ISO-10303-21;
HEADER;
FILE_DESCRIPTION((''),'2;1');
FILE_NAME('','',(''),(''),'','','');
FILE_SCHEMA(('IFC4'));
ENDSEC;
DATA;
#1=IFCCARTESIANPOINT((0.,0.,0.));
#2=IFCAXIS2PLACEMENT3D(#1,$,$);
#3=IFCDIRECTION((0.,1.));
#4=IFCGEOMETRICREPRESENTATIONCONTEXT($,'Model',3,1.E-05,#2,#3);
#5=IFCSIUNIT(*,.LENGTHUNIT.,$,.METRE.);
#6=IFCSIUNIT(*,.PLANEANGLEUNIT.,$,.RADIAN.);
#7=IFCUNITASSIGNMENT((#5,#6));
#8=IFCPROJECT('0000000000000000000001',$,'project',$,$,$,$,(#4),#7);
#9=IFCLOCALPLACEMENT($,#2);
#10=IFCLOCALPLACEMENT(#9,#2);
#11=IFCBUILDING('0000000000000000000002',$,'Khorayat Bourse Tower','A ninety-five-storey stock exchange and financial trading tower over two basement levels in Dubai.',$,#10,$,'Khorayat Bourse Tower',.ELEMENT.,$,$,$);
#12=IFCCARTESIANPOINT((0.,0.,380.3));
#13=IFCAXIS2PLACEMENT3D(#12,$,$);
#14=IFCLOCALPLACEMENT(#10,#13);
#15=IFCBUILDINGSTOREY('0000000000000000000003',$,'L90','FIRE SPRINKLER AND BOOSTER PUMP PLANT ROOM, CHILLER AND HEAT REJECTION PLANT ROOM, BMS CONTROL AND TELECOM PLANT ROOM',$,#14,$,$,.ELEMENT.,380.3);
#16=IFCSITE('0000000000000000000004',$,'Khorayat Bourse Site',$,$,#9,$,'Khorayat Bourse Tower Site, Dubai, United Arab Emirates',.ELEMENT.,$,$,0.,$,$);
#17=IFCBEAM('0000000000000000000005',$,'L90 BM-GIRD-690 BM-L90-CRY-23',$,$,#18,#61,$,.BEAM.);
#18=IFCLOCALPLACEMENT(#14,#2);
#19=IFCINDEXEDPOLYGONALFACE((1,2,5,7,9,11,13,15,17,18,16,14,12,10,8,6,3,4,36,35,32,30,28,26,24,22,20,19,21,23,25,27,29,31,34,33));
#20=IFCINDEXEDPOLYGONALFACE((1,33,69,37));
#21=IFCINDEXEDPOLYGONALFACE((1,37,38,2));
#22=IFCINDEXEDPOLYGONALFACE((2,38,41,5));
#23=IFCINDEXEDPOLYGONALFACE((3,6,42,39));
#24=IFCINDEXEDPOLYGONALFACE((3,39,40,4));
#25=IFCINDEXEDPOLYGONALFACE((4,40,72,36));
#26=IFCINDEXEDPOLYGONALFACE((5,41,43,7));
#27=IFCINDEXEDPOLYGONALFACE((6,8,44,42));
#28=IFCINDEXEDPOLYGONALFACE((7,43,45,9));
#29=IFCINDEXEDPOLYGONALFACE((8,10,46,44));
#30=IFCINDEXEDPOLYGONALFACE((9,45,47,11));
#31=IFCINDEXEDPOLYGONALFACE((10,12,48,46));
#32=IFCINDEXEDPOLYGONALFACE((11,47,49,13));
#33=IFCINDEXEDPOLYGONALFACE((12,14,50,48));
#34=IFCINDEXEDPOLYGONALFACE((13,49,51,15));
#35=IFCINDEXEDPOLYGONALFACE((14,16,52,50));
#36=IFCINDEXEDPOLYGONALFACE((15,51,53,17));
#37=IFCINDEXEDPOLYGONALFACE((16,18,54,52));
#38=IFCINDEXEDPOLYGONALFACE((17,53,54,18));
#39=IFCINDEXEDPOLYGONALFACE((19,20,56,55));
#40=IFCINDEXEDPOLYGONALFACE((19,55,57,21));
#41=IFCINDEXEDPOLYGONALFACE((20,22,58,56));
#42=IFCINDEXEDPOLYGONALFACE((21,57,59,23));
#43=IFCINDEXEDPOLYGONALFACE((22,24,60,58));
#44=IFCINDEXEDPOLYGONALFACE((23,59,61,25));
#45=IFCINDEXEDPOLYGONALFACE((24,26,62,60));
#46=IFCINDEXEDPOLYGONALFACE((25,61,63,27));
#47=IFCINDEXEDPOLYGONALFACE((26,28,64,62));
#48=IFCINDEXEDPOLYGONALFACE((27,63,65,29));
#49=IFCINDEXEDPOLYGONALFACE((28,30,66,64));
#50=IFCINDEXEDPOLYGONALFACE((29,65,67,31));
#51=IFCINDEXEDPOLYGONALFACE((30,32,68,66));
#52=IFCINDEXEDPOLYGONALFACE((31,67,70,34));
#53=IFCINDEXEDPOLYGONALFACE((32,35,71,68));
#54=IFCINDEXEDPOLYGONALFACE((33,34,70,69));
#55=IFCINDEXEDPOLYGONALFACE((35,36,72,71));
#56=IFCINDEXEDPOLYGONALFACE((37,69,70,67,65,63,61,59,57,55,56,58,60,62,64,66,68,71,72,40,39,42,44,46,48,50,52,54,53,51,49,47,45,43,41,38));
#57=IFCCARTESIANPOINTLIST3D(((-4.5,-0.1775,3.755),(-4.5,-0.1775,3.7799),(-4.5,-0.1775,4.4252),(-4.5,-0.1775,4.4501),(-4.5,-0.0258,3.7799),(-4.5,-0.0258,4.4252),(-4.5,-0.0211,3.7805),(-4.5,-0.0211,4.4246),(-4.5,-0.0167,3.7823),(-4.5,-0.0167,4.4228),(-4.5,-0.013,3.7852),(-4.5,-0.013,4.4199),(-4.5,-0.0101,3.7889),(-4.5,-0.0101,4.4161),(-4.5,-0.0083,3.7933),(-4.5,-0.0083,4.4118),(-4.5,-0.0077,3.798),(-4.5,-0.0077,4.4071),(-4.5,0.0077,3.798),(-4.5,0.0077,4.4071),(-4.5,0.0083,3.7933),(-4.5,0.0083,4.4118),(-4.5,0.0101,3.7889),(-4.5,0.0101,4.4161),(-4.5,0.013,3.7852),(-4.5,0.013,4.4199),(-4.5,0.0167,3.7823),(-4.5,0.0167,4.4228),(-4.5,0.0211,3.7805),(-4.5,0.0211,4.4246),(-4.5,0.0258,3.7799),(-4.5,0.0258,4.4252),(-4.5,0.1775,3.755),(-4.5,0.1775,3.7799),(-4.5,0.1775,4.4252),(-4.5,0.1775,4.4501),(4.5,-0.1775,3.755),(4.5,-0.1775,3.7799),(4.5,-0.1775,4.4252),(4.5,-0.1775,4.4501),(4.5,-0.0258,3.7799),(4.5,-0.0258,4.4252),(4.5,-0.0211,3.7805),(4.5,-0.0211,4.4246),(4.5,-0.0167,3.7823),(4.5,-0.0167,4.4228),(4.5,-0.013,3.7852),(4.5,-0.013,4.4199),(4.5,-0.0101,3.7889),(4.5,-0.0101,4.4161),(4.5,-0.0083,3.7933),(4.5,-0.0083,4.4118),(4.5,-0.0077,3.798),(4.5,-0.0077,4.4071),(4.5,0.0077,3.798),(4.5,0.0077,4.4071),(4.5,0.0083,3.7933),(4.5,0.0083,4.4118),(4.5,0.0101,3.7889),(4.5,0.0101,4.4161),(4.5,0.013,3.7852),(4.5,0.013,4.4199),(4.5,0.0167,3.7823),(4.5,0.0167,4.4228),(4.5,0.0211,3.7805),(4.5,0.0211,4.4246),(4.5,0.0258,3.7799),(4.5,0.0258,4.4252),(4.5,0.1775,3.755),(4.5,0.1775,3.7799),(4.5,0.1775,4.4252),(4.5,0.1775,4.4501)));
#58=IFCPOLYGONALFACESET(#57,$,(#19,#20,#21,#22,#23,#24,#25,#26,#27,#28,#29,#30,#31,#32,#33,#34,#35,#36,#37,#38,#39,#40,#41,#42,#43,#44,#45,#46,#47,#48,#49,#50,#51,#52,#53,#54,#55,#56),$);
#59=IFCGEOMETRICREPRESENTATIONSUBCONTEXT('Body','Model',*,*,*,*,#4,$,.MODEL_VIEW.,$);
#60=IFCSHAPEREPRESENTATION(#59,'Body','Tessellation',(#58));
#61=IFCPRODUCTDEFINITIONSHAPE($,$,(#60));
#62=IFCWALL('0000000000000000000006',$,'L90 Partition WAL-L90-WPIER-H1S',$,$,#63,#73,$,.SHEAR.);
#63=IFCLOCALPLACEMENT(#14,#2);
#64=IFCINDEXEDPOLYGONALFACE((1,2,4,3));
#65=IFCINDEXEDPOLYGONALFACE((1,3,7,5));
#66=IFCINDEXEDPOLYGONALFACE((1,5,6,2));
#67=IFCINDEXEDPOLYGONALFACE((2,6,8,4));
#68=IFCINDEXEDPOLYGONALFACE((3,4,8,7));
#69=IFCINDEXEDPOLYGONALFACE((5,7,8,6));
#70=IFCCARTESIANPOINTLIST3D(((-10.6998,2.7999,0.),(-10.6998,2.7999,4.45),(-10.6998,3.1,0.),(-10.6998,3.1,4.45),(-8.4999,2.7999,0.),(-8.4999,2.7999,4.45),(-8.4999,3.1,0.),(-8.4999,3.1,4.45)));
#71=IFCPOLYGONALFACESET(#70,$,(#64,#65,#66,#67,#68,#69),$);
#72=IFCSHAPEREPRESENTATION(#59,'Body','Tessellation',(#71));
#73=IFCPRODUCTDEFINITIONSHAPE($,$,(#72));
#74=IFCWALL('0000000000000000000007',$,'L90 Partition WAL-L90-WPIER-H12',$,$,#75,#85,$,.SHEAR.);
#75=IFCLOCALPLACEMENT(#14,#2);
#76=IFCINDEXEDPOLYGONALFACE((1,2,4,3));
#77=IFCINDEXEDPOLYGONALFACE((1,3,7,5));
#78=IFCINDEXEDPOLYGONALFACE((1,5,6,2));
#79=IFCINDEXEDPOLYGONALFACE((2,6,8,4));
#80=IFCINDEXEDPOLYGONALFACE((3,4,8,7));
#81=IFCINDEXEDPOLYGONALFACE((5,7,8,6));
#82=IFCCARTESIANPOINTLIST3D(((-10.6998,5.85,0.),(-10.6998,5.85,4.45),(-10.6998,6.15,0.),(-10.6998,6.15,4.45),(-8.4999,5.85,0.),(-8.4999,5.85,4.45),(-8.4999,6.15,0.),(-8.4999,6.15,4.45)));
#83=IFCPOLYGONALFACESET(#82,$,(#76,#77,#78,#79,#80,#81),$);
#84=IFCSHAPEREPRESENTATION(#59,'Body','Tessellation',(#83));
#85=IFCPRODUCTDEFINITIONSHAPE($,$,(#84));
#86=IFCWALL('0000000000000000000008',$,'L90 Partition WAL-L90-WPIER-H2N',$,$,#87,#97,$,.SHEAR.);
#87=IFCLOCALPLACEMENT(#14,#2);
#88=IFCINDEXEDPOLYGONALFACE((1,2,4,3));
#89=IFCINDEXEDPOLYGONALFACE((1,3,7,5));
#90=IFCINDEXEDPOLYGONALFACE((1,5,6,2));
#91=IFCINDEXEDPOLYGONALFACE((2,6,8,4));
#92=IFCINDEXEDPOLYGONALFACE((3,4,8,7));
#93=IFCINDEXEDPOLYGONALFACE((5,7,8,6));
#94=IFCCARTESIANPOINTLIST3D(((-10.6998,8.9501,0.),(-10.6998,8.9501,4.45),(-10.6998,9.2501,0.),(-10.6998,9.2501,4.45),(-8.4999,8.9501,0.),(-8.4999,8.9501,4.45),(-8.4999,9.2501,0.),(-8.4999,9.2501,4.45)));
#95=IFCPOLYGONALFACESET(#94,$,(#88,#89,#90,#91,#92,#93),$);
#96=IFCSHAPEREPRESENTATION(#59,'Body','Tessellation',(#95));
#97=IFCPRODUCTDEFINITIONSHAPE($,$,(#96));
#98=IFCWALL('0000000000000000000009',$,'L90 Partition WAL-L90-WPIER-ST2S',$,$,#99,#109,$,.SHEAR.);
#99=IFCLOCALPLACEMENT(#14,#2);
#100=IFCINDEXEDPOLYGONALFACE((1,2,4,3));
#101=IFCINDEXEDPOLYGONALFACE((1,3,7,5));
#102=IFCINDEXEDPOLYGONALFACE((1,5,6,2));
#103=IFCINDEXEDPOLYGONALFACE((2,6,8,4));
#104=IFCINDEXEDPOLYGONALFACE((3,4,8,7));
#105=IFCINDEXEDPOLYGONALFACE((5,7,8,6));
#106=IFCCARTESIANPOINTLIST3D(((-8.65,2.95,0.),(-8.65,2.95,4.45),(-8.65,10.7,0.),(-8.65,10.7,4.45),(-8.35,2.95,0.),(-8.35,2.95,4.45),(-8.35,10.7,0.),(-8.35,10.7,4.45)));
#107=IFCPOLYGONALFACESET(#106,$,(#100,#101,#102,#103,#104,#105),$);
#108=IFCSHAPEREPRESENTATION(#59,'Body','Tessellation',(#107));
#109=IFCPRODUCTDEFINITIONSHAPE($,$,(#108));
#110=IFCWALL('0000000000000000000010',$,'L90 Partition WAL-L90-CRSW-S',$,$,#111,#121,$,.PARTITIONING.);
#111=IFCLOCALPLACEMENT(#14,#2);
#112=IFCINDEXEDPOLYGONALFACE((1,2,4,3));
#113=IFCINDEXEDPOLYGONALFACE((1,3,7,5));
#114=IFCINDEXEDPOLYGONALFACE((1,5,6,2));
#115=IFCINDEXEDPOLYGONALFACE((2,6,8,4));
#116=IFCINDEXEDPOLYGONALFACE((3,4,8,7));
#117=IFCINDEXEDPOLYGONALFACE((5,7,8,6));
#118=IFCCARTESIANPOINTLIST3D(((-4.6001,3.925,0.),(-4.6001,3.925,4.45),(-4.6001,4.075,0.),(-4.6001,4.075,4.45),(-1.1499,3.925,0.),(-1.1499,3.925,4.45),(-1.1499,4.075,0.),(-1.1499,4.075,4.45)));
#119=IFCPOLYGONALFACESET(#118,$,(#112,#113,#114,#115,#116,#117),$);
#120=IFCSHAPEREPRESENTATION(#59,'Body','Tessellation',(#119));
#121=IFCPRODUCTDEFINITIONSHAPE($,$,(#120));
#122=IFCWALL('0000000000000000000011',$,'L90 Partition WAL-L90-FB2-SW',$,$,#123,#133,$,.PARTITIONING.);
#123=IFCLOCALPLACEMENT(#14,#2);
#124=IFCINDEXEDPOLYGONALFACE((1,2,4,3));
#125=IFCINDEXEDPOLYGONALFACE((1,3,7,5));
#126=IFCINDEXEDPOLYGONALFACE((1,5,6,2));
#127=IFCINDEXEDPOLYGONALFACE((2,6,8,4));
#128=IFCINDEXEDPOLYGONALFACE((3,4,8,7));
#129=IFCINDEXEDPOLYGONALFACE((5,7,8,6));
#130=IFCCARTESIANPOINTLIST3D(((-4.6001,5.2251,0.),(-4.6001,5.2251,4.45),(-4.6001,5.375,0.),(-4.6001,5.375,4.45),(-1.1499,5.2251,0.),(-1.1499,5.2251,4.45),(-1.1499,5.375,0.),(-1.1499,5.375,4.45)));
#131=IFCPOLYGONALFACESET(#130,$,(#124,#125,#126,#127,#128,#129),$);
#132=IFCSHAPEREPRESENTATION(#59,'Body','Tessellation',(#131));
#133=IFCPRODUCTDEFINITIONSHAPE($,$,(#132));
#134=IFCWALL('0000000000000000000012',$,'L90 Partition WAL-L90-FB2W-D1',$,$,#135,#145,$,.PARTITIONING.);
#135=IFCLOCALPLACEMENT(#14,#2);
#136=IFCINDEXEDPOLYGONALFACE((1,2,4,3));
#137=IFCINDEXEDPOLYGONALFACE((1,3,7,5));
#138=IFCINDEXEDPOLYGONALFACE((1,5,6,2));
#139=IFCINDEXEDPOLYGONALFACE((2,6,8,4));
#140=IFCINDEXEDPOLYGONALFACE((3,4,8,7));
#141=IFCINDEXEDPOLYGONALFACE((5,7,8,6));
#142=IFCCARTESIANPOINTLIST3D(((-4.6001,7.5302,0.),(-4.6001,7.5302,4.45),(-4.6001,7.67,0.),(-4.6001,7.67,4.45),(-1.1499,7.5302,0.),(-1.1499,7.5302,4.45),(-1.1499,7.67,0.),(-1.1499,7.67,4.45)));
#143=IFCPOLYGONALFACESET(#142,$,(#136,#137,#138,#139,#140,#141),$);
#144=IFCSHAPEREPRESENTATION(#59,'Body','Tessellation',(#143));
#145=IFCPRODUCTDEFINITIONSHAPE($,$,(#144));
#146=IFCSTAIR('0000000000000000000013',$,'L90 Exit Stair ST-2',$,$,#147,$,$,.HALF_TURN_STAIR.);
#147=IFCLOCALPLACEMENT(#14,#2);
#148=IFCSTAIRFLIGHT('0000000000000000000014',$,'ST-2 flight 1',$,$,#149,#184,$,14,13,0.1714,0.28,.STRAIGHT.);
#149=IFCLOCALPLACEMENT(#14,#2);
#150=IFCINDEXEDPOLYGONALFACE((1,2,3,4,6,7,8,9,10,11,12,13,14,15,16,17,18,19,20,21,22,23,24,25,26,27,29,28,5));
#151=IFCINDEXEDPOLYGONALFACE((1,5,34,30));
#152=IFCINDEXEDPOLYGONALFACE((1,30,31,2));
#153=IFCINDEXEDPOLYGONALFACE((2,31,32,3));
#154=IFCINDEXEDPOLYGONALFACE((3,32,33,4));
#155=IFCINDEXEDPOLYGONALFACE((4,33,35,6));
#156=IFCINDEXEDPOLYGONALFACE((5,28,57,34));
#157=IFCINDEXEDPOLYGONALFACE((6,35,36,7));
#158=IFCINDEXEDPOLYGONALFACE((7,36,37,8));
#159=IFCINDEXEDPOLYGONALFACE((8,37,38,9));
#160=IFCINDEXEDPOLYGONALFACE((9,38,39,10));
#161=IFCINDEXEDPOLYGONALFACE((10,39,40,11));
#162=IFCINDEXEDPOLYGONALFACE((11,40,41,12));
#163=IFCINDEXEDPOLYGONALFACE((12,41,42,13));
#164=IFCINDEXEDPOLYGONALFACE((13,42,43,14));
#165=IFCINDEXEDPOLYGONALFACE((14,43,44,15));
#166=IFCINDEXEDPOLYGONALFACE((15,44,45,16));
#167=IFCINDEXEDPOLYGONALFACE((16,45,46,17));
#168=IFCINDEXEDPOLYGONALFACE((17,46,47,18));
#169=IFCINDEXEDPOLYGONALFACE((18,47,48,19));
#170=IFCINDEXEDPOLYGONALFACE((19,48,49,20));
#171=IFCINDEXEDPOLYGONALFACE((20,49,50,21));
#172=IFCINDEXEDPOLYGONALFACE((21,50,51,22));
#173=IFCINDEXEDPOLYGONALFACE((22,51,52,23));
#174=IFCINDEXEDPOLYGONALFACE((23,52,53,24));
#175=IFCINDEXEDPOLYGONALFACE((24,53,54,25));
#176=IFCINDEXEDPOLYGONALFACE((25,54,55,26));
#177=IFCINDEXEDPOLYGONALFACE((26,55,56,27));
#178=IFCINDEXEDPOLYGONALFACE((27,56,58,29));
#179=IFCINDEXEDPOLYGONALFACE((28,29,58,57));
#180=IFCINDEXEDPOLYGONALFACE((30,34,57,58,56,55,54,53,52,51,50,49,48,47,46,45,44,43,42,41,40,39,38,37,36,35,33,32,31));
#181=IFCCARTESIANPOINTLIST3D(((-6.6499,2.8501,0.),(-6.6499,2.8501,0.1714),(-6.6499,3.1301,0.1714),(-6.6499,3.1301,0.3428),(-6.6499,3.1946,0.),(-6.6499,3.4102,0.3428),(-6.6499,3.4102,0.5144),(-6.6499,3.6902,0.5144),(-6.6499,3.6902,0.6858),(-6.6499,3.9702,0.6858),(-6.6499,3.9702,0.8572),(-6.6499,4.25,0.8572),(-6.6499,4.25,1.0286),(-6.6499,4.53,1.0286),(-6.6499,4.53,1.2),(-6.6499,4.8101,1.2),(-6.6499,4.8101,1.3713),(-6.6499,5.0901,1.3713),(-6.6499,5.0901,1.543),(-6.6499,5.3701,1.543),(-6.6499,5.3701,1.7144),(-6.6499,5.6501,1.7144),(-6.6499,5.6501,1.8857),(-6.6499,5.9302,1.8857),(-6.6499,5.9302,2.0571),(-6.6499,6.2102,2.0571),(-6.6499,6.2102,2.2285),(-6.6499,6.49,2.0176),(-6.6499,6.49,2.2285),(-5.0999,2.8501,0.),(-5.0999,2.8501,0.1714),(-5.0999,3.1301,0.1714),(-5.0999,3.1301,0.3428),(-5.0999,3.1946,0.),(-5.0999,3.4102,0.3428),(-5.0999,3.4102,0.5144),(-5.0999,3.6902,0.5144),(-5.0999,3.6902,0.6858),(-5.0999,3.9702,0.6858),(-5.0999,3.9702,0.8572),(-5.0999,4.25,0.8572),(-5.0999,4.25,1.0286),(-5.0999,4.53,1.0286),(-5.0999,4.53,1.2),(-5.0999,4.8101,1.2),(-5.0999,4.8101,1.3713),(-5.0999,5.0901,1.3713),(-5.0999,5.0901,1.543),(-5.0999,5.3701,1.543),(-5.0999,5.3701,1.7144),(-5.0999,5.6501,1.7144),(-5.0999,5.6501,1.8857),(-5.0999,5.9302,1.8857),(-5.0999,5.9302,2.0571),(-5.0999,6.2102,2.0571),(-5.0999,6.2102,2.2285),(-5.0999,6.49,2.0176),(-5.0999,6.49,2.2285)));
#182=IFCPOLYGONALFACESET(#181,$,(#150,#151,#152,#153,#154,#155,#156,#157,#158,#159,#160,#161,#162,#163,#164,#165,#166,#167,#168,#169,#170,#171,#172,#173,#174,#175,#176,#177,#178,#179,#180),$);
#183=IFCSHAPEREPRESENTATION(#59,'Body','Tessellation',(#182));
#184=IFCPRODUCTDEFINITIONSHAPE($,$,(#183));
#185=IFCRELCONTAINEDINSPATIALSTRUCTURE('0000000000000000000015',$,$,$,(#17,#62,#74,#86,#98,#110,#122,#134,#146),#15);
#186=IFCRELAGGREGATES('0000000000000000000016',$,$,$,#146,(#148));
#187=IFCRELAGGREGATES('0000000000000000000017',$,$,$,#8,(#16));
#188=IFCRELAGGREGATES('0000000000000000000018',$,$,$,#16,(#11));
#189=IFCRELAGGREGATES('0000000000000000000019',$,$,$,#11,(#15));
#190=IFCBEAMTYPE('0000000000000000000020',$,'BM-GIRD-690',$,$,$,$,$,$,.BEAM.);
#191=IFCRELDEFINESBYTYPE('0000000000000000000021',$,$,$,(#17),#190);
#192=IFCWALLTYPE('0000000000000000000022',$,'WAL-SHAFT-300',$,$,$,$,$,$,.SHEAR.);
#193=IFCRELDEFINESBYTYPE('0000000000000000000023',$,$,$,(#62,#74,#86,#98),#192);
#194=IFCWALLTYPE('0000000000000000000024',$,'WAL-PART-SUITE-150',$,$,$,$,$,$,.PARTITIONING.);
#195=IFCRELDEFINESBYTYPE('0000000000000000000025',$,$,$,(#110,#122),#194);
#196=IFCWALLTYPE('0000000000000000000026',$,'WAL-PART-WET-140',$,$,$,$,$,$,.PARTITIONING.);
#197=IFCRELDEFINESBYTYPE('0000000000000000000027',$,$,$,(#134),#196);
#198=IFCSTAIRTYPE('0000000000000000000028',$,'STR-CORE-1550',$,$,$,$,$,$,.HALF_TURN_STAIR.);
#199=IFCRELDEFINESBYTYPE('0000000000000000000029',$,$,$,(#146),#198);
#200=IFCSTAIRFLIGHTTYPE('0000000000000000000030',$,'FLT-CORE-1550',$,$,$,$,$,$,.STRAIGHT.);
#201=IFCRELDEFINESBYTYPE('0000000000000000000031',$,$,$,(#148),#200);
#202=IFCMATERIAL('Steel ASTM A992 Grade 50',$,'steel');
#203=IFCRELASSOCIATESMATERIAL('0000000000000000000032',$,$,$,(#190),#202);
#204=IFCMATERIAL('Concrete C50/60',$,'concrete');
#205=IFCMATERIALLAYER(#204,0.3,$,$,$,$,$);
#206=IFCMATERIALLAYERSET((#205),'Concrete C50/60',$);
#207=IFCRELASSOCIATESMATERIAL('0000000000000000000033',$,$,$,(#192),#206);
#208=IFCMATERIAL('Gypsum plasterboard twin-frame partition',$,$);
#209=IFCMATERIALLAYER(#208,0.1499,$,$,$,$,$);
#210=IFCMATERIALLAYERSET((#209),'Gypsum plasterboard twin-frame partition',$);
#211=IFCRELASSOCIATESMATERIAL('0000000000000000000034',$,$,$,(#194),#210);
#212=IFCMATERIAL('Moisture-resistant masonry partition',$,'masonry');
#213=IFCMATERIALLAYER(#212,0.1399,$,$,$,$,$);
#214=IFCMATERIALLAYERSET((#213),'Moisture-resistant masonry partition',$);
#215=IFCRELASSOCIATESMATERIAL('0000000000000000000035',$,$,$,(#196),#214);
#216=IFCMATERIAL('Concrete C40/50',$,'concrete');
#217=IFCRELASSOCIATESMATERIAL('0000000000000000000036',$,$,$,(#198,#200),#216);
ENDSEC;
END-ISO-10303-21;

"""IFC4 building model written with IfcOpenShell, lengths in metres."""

from ifc_helpers import new_model, si_unit, direction, frame, frame_2d, origin, origin_2d, place, context, subcontext, project, spatial, polyline, rectangle, i_section, outline, extrude, source, transform, mapped, material, layer, layer_set, material_profile, profile_set, type_object, element, aggregate, save


model = new_model("IFC4")

# Units and contexts
model_context = context("Model", 3, precision=1e-05, world=origin(), true_north=direction((0.0, 1.0)))
body_context = subcontext(model_context, "Body", "Model", "MODEL_VIEW")
ifc_project = project(units=[si_unit("LENGTHUNIT", "METRE"), si_unit("PLANEANGLEUNIT", "RADIAN")], contexts=[model_context])

# Site, building, storey
site_placement = place(None, origin())
site = spatial("IfcSite", under=ifc_project, at=site_placement, Name="Khorayat Bourse Site", LongName="Khorayat Bourse Tower Site, Dubai, United Arab Emirates", CompositionType="ELEMENT", RefElevation=0.0)
building_placement = place(site_placement, origin())
building = spatial("IfcBuilding", under=site, at=building_placement, Name="Khorayat Bourse Tower", Description="A ninety-five-storey stock exchange and financial trading tower over two basement levels in Dubai.", LongName="Khorayat Bourse Tower", CompositionType="ELEMENT")
storey_placement = place(building_placement, frame((0.0, 0.0, 380.3)))
storey = spatial("IfcBuildingStorey", under=building, at=storey_placement, Name="L90", Description="FIRE SPRINKLER AND BOOSTER PUMP PLANT ROOM, CHILLER AND HEAT REJECTION PLANT ROOM, BMS CONTROL AND TELECOM PLANT ROOM", CompositionType="ELEMENT", Elevation=380.3)

# Beam
ifc_material_1 = material(Name="Steel ASTM A992 Grade 50", Category="steel")
ifc_material_profile_1 = material_profile(ifc_material_1, i_section(OverallWidth=0.355, OverallDepth=0.6951, WebThickness=0.0154, FlangeThickness=0.0249, FilletRadius=0.0181, at=origin_2d()), Name="W690X217")
ifc_profile_set_1 = profile_set([ifc_material_profile_1], Name="Steel ASTM A992 Grade 50")
beam_type = type_object("IfcBeamType", Name="BM-GIRD-690", PredefinedType="BEAM", material=ifc_profile_set_1)
shared_shape_1 = source(origin(), body_context, "Body", "SweptSolid", [
    extrude(i_section(OverallWidth=0.355, OverallDepth=0.6951, WebThickness=0.0154, FlangeThickness=0.0249, FilletRadius=0.0181, at=origin_2d()), origin(), (0.0, 0.0, 1.0), 9.0),
])
beam_1_placement = place(storey_placement, frame((-4.5, 0.0, 4.1025), z_axis=(1.0, 0.0, 0.0), x_axis=(0.0, 1.0, 0.0)))
element("IfcBeam", 1, at=beam_1_placement, inside=storey, type_object=beam_type, Name="L90 BM-GIRD-690 BM-L90-CRY-23", PredefinedType="BEAM", context=body_context, shape_type="MappedRepresentation", body=[
    mapped(shared_shape_1, transform((0.0, 0.0, 0.0), scale=1.0)),
])

# Walls
ifc_material_2 = material(Name="Concrete C50/60", Category="concrete")
ifc_layer_1 = layer(ifc_material_2, 0.3)
ifc_layer_set_1 = layer_set([ifc_layer_1], Name="Concrete C50/60")
wall_type_1 = type_object("IfcWallType", Name="WAL-SHAFT-300", PredefinedType="SHEAR", material=ifc_layer_set_1)
shared_shape_2 = source(origin(), body_context, "Body", "SweptSolid", [
    extrude(rectangle(XDim=2.2, YDim=0.3, at=frame_2d((1.1001, 0.0))), origin(), (0.0, 0.0, 1.0), 4.45),
])
for number, where, z_axis, x_axis, name in (
    (2, (-10.7, 2.95, 0.0), (0.0, 0.0, 1.0), (1.0, 0.0, 0.0), "L90 Partition WAL-L90-WPIER-H1S"),
    (3, (-10.7, 6.0, 0.0), (0.0, 0.0, 1.0), (1.0, 0.0, 0.0), "L90 Partition WAL-L90-WPIER-H12"),
    (4, (-10.7, 9.1001, 0.0), (0.0, 0.0, 1.0), (1.0, 0.0, 0.0), "L90 Partition WAL-L90-WPIER-H2N"),
):
    element("IfcWall", number, at=place(storey_placement, frame(where, z_axis=z_axis, x_axis=x_axis)), inside=storey, type_object=wall_type_1, Name=name, PredefinedType="SHEAR", context=body_context, shape_type="MappedRepresentation", body=[
        mapped(shared_shape_2, transform((0.0, 0.0, 0.0), scale=1.0)),
    ])
shared_shape_3 = source(origin(), body_context, "Body", "SweptSolid", [
    extrude(rectangle(XDim=7.75, YDim=0.3, at=frame_2d((3.875, 0.0))), origin(), (0.0, 0.0, 1.0), 4.45),
])
wall_1_placement = place(storey_placement, frame((-8.5, 2.95, 0.0), z_axis=(0.0, 0.0, 1.0), x_axis=(0.0, 1.0, 0.0)))
element("IfcWall", 5, at=wall_1_placement, inside=storey, type_object=wall_type_1, Name="L90 Partition WAL-L90-WPIER-ST2S", PredefinedType="SHEAR", context=body_context, shape_type="MappedRepresentation", body=[
    mapped(shared_shape_3, transform((0.0, 0.0, 0.0), scale=1.0)),
])
ifc_material_3 = material(Name="Gypsum plasterboard twin-frame partition")
ifc_layer_2 = layer(ifc_material_3, 0.1499)
ifc_layer_set_2 = layer_set([ifc_layer_2], Name="Gypsum plasterboard twin-frame partition")
wall_type_2 = type_object("IfcWallType", Name="WAL-PART-SUITE-150", PredefinedType="PARTITIONING", material=ifc_layer_set_2)
shared_shape_4 = source(origin(), body_context, "Body", "SweptSolid", [
    extrude(rectangle(XDim=3.4502, YDim=0.1499, at=frame_2d((1.7251, 0.0))), origin(), (0.0, 0.0, 1.0), 4.45),
])
for number, where, z_axis, x_axis, name in (
    (6, (-4.6001, 4.0, 0.0), (0.0, 0.0, 1.0), (1.0, 0.0, 0.0), "L90 Partition WAL-L90-CRSW-S"),
    (7, (-4.6001, 5.3, 0.0), (0.0, 0.0, 1.0), (1.0, 0.0, 0.0), "L90 Partition WAL-L90-FB2-SW"),
):
    element("IfcWall", number, at=place(storey_placement, frame(where, z_axis=z_axis, x_axis=x_axis)), inside=storey, type_object=wall_type_2, Name=name, PredefinedType="PARTITIONING", context=body_context, shape_type="MappedRepresentation", body=[
        mapped(shared_shape_4, transform((0.0, 0.0, 0.0), scale=1.0)),
    ])
ifc_material_4 = material(Name="Moisture-resistant masonry partition", Category="masonry")
ifc_layer_3 = layer(ifc_material_4, 0.1399)
ifc_layer_set_3 = layer_set([ifc_layer_3], Name="Moisture-resistant masonry partition")
wall_type_3 = type_object("IfcWallType", Name="WAL-PART-WET-140", PredefinedType="PARTITIONING", material=ifc_layer_set_3)
shared_shape_5 = source(origin(), body_context, "Body", "SweptSolid", [
    extrude(rectangle(XDim=3.4502, YDim=0.1399, at=frame_2d((1.7251, 0.0))), origin(), (0.0, 0.0, 1.0), 4.45),
])
wall_2_placement = place(storey_placement, frame((-4.6001, 7.6001, 0.0), z_axis=(0.0, 0.0, 1.0), x_axis=(1.0, 0.0, 0.0)))
element("IfcWall", 8, at=wall_2_placement, inside=storey, type_object=wall_type_3, Name="L90 Partition WAL-L90-FB2W-D1", PredefinedType="PARTITIONING", context=body_context, shape_type="MappedRepresentation", body=[
    mapped(shared_shape_5, transform((0.0, 0.0, 0.0), scale=1.0)),
])

# Stair, stair flight
ifc_material_5 = material(Name="Concrete C40/50", Category="concrete")
stair_type = type_object("IfcStairType", Name="STR-CORE-1550", PredefinedType="HALF_TURN_STAIR", material=ifc_material_5)
stair_placement = place(storey_placement, origin())
stair = element("IfcStair", 9, at=stair_placement, inside=storey, type_object=stair_type, Name="L90 Exit Stair ST-2", PredefinedType="HALF_TURN_STAIR")
stair_flight_type = type_object("IfcStairFlightType", Name="FLT-CORE-1550", PredefinedType="STRAIGHT", material=ifc_material_5)
shared_shape_6 = source(origin(), body_context, "Body", "SweptSolid", [
    extrude(outline(polyline([(0.0, 0.0), (0.0, 0.1714), (0.28, 0.1714), (0.28, 0.3428), (0.5601, 0.3428), (0.5601, 0.5144), (0.8401, 0.5144), (0.8401, 0.6858), (1.1201, 0.6858), (1.1201, 0.8572), (1.3999, 0.8572), (1.3999, 1.0286), (1.6799, 1.0286), (1.6799, 1.2), (1.96, 1.2), (1.96, 1.3713), (2.24, 1.3713), (2.24, 1.543), (2.52, 1.543), (2.52, 1.7144), (2.8, 1.7144), (2.8, 1.8857), (3.0801, 1.8857), (3.0801, 2.0571), (3.3601, 2.0571), (3.3601, 2.2285), (3.6399, 2.2285), (3.6399, 2.3999), (3.6399, 2.0176), (0.3445, 0.0), (0.0, 0.0)])), frame((0.0, 0.7749, 0.0), z_axis=(0.0, -1.0, 0.0), x_axis=(1.0, 0.0, 0.0)), (0.0, 0.0, 1.0), 1.55),
])
stair_flight_1_placement = place(storey_placement, frame((-5.875, 2.8501, 0.0), z_axis=(0.0, 0.0, 1.0), x_axis=(0.0, 1.0, 0.0)))
stair_flight_1 = element("IfcStairFlight", 10, at=stair_flight_1_placement, type_object=stair_flight_type, Name="ST-2 flight 1", NumberOfRisers=14, NumberOfTreads=13, PredefinedType="STRAIGHT", RiserHeight=0.1714, TreadLength=0.28, context=body_context, shape_type="MappedRepresentation", body=[
    mapped(shared_shape_6, transform((0.0, 0.0, 0.0), scale=1.0)),
])
aggregate(stair, [stair_flight_1])

save(model, "model.ifc")
